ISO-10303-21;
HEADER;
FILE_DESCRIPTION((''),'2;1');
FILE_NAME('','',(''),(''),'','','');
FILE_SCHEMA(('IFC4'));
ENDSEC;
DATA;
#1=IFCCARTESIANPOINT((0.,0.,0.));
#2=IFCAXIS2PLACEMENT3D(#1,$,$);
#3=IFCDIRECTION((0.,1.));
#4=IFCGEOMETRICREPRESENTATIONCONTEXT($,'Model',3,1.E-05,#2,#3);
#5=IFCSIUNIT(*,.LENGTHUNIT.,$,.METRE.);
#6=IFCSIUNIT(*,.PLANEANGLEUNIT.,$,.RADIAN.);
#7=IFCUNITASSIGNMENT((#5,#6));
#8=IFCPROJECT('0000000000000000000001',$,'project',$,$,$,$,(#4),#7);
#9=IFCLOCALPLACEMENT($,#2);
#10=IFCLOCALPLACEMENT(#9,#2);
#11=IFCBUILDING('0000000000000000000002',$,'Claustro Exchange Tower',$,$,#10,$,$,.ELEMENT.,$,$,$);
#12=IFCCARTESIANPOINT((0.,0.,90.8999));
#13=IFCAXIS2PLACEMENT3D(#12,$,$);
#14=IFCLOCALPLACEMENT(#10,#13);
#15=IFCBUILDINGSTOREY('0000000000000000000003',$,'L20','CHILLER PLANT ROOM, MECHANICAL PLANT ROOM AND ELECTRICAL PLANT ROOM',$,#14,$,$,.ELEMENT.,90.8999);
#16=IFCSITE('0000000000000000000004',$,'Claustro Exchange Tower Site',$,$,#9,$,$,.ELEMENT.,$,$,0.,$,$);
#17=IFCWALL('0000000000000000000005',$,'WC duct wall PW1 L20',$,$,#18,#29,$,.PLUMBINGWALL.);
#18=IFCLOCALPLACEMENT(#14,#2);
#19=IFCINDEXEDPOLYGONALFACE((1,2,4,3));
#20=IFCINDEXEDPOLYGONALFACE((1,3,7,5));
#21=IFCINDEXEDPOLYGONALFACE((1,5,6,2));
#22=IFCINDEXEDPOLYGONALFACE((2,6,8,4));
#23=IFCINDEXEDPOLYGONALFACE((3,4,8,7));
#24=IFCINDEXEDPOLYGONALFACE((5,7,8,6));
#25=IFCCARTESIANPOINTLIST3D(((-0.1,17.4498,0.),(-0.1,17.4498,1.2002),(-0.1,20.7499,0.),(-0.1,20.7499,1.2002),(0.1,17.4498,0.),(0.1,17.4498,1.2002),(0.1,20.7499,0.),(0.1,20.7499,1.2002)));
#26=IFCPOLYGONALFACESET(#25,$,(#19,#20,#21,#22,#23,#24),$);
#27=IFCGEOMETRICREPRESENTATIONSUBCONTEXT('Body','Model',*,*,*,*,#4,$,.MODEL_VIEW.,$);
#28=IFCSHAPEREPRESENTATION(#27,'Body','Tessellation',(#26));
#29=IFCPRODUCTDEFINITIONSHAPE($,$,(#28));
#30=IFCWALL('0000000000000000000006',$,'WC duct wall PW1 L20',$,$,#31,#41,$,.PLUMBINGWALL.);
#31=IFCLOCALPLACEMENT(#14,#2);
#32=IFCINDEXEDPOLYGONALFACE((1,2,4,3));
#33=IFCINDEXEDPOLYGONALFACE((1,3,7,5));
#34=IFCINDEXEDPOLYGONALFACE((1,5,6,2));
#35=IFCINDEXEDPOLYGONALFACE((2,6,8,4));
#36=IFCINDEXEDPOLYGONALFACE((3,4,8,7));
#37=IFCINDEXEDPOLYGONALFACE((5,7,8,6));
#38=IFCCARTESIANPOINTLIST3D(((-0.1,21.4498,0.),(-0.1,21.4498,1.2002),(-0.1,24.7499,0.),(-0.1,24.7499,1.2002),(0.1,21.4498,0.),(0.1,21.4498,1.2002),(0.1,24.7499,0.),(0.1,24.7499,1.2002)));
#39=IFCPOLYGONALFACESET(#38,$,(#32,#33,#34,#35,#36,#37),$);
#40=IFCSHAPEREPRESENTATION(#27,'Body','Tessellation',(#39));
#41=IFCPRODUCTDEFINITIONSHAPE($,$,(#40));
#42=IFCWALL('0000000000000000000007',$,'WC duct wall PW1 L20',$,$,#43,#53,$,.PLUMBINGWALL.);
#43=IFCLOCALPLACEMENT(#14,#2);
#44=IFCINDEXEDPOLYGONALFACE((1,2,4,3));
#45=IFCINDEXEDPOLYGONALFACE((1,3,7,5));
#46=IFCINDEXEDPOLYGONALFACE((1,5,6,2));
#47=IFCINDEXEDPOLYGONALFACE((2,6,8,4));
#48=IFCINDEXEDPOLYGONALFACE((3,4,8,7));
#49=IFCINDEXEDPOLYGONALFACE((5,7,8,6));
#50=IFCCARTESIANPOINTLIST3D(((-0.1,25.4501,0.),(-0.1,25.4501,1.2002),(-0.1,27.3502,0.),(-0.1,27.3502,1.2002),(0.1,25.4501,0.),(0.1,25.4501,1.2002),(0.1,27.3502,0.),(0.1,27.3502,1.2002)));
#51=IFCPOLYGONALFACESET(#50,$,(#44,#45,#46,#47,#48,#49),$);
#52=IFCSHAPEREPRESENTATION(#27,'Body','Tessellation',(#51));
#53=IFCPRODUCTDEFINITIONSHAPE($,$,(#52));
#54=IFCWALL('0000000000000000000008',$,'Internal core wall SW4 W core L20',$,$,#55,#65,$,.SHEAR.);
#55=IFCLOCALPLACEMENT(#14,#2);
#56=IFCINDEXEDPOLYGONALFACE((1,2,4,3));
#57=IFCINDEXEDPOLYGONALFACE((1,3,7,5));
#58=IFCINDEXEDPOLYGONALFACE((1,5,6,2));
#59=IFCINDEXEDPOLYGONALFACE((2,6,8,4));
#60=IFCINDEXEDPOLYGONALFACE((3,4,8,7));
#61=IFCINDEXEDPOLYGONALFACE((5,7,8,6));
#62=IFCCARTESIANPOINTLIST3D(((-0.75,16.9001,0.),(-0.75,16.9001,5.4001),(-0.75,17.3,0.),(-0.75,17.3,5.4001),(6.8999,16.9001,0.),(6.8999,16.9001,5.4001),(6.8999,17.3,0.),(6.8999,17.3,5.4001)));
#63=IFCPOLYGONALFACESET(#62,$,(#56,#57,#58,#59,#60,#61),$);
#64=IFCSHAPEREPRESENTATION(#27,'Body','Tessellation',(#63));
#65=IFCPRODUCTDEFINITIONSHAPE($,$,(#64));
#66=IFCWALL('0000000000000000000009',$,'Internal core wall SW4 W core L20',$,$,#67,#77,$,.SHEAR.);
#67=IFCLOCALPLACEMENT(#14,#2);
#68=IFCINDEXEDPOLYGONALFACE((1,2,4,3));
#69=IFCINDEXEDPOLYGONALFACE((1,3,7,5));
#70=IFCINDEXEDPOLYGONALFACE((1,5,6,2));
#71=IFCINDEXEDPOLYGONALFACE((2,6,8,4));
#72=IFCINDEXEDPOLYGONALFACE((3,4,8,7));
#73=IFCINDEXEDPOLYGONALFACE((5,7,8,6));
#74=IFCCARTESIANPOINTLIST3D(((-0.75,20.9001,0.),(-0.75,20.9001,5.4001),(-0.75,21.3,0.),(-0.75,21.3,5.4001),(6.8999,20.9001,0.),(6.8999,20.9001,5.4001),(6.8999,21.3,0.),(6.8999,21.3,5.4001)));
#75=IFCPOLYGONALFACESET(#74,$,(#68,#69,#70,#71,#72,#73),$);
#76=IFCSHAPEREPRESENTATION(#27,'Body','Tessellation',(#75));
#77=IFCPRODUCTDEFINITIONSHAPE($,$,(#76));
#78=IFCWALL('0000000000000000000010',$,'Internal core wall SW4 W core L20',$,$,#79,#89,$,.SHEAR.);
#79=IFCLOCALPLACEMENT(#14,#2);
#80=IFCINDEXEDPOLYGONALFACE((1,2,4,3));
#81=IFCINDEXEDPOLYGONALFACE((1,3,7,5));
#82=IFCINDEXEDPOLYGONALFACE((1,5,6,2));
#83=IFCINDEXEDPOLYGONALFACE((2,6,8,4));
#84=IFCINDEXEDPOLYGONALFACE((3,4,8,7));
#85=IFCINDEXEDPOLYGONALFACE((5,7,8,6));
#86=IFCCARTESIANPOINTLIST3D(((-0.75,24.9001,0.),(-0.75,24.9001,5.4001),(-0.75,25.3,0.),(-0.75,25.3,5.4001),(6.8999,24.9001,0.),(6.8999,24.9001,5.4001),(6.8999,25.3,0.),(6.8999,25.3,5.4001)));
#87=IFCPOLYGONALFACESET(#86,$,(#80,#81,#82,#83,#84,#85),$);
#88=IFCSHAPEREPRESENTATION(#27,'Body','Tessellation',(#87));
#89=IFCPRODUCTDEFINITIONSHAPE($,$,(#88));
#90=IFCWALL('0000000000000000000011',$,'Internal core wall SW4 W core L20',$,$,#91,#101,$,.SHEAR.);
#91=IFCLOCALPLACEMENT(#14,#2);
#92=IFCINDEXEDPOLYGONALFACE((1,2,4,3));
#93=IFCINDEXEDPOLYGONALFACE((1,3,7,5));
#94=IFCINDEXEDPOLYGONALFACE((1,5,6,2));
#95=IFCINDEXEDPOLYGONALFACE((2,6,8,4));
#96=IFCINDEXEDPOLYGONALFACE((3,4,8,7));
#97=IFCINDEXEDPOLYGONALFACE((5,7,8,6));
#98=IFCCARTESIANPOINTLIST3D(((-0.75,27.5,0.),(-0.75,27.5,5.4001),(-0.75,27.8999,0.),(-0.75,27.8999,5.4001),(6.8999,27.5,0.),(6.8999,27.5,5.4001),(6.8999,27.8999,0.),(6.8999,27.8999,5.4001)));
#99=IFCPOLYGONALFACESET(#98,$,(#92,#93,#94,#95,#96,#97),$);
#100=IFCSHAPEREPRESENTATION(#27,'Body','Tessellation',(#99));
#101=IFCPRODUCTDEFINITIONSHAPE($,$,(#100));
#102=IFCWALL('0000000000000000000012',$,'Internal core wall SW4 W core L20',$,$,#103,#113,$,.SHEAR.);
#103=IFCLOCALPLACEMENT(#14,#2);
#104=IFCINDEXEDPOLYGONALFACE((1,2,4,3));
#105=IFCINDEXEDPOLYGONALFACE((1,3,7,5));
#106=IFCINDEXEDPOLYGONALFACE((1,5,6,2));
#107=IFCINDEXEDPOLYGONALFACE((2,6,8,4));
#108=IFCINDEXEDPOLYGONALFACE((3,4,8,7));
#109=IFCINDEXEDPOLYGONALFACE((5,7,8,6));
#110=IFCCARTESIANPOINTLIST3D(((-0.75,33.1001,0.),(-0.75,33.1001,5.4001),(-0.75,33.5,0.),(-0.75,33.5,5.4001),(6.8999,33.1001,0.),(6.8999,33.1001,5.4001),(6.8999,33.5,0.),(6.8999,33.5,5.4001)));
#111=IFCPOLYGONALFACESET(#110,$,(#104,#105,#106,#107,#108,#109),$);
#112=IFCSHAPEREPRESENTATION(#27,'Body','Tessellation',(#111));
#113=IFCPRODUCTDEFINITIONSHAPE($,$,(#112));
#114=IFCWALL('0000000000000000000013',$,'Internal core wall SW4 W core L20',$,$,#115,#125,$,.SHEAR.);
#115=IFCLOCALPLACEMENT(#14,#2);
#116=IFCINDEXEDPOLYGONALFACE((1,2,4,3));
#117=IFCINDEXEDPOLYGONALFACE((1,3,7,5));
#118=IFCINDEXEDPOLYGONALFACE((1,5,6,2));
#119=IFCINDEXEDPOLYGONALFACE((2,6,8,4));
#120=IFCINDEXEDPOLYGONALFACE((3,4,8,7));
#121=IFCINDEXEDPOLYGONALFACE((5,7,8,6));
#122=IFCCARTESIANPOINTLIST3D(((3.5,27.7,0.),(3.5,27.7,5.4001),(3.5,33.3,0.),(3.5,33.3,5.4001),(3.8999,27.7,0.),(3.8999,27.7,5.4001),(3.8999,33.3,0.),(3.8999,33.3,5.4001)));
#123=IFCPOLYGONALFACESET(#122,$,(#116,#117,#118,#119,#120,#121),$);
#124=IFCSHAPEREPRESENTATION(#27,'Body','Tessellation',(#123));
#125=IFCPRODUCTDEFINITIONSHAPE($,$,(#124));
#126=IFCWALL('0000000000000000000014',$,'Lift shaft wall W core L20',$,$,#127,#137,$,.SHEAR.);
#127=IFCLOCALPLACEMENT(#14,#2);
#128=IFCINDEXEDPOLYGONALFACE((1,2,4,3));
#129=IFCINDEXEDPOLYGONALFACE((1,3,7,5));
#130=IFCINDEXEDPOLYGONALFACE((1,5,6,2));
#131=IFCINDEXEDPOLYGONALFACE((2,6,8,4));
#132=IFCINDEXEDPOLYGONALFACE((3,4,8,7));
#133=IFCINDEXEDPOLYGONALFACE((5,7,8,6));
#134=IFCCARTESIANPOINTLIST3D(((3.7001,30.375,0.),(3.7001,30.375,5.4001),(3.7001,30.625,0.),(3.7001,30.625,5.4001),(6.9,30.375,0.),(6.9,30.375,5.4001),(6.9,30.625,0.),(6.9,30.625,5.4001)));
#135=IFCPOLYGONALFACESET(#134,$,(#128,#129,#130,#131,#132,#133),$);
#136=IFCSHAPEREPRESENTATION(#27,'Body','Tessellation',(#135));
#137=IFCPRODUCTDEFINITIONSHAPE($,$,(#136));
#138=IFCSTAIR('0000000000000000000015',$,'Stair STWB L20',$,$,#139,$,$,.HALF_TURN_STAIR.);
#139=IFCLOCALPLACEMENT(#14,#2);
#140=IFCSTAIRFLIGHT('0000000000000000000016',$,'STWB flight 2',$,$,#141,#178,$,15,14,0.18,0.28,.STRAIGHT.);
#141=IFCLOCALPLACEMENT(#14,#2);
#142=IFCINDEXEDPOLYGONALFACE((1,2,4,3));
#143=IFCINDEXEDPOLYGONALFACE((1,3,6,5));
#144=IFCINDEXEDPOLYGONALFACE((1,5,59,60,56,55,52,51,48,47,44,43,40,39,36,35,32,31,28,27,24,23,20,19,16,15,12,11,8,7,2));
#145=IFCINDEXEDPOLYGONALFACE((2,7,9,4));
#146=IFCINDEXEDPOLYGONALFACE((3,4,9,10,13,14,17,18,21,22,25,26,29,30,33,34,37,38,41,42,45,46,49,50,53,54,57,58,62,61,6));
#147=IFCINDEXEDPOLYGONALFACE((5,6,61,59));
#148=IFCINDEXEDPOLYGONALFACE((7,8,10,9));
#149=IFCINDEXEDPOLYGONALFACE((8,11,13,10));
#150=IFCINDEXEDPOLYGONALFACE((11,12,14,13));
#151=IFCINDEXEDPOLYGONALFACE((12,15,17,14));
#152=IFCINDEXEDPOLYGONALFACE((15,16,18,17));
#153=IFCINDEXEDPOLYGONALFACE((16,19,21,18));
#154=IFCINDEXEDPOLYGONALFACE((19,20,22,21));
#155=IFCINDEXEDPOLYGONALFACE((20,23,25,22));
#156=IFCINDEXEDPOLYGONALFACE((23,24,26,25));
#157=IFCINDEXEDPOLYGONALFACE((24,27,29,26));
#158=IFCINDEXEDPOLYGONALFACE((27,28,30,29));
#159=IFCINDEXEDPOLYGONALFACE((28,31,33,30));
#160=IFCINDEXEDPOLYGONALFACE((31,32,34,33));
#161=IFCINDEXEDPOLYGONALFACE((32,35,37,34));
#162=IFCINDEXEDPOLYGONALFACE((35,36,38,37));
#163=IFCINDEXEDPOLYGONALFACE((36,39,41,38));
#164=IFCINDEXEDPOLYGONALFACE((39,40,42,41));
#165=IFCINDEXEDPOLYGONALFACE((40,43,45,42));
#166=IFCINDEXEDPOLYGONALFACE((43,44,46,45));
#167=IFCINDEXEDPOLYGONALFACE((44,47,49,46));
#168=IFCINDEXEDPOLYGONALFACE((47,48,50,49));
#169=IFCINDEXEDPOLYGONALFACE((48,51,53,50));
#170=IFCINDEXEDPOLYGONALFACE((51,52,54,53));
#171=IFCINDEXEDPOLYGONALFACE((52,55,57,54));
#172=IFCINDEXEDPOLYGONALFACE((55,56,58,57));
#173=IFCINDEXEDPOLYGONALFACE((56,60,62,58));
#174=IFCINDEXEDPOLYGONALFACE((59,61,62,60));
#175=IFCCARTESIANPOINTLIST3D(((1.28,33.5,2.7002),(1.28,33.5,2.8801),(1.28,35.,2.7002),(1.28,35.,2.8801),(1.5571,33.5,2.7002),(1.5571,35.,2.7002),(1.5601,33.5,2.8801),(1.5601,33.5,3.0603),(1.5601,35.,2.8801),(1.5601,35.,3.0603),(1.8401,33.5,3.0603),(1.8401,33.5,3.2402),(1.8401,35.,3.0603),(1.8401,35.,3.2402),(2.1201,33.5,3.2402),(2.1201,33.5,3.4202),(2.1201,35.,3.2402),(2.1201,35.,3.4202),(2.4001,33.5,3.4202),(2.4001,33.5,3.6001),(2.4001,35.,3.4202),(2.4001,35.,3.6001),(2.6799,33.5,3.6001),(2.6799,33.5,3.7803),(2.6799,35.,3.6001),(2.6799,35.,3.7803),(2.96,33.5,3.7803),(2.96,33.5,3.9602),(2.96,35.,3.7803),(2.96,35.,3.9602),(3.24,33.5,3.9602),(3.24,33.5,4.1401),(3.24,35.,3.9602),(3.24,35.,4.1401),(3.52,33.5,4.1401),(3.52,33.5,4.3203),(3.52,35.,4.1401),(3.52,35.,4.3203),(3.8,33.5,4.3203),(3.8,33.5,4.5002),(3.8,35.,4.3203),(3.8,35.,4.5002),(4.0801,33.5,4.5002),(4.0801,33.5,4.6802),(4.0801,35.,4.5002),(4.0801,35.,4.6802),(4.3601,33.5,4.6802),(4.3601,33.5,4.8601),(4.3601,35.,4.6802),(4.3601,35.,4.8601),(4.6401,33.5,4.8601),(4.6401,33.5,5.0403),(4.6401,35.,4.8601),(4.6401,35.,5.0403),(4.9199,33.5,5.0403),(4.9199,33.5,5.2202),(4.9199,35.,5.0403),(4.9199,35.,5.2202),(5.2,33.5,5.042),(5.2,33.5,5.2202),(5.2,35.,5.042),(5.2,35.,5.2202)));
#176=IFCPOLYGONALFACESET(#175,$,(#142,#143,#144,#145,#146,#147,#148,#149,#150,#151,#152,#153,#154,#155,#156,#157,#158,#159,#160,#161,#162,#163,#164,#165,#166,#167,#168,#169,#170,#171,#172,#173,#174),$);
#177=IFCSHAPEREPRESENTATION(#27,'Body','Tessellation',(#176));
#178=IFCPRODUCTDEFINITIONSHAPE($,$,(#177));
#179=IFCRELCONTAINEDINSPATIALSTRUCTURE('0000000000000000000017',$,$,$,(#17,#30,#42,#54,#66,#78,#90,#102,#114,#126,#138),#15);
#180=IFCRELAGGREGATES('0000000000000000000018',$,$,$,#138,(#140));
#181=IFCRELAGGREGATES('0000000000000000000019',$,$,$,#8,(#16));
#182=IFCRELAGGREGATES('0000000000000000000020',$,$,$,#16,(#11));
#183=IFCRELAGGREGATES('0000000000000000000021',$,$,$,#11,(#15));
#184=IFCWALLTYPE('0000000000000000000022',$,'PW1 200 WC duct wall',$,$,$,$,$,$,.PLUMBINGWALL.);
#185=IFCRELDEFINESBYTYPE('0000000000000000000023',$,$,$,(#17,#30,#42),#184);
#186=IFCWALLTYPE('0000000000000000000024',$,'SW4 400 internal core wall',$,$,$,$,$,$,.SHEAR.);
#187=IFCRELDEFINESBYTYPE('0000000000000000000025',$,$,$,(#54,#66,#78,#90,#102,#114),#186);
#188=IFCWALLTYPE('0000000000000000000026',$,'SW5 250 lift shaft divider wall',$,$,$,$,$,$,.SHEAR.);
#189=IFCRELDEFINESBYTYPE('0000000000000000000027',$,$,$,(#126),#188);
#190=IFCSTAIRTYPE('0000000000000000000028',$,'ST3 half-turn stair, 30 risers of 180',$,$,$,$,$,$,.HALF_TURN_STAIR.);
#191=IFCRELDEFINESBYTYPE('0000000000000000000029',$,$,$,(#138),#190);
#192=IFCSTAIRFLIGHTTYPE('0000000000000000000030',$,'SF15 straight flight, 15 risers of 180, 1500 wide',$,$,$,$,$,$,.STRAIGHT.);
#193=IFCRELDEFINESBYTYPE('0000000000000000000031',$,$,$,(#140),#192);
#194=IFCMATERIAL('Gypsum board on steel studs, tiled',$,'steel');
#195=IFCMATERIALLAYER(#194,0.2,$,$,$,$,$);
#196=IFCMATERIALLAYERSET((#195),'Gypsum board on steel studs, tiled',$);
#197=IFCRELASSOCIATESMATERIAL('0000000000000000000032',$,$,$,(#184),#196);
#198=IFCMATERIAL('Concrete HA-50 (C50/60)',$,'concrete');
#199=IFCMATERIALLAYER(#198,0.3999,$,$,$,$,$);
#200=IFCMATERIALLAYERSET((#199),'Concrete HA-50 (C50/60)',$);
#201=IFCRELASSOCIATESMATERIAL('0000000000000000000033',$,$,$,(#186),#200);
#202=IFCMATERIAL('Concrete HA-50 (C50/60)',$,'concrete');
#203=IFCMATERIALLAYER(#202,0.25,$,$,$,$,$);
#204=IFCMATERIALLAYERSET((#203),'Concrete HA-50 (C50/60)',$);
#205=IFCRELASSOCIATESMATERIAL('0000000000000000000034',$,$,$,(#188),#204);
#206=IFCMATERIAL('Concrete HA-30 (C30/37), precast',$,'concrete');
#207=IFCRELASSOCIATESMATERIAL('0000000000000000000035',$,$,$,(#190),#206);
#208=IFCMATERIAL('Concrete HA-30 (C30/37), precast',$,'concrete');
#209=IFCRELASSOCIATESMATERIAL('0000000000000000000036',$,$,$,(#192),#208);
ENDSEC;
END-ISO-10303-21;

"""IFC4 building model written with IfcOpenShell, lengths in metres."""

from ifc_helpers import new_model, si_unit, direction, frame, frame_2d, origin, place, context, subcontext, project, spatial, polyline, rectangle, outline, extrude, material, layer, layer_set, type_object, element, aggregate, save


model = new_model("IFC4")

# Units and contexts
model_context = context("Model", 3, precision=1e-05, world=origin(), true_north=direction((0.0, 1.0)))
body_context = subcontext(model_context, "Body", "Model", "MODEL_VIEW")
ifc_project = project(units=[si_unit("LENGTHUNIT", "METRE"), si_unit("PLANEANGLEUNIT", "RADIAN")], contexts=[model_context])

# Site, building, storey
site_placement = place(None, origin())
site = spatial("IfcSite", under=ifc_project, at=site_placement, Name="Claustro Exchange Tower Site", CompositionType="ELEMENT", RefElevation=0.0)
building_placement = place(site_placement, origin())
building = spatial("IfcBuilding", under=site, at=building_placement, Name="Claustro Exchange Tower", CompositionType="ELEMENT")
storey_placement = place(building_placement, frame((0.0, 0.0, 90.8999)))
storey = spatial("IfcBuildingStorey", under=building, at=storey_placement, Name="L20", Description="CHILLER PLANT ROOM, MECHANICAL PLANT ROOM AND ELECTRICAL PLANT ROOM", CompositionType="ELEMENT", Elevation=90.8999)

# Walls
ifc_material_1 = material(Name="Gypsum board on steel studs, tiled", Category="steel")
ifc_layer_1 = layer(ifc_material_1, 0.2)
ifc_layer_set_1 = layer_set([ifc_layer_1], Name="Gypsum board on steel studs, tiled")
wall_type_1 = type_object("IfcWallType", Name="PW1 200 WC duct wall", PredefinedType="PLUMBINGWALL", material=ifc_layer_set_1)
for number, where, z_axis, x_axis, name in (
    (1, (0.0, 17.45, 0.0), (0.0, 0.0, 1.0), (0.0, 1.0, 0.0), "WC duct wall PW1 L20"),
    (2, (0.0, 21.45, 0.0), (0.0, 0.0, 1.0), (0.0, 1.0, 0.0), "WC duct wall PW1 L20"),
):
    element("IfcWall", number, at=place(storey_placement, frame(where, z_axis=z_axis, x_axis=x_axis)), inside=storey, type_object=wall_type_1, Name=name, PredefinedType="PLUMBINGWALL", context=body_context, shape_type="SweptSolid", body=[
        extrude(rectangle(XDim=3.3, YDim=0.2, at=frame_2d((1.6499, 0.0))), origin(), (0.0, 0.0, 1.0), 1.2002),
    ])
wall_1_placement = place(storey_placement, frame((0.0, 25.45, 0.0), z_axis=(0.0, 0.0, 1.0), x_axis=(0.0, 1.0, 0.0)))
element("IfcWall", 3, at=wall_1_placement, inside=storey, type_object=wall_type_1, Name="WC duct wall PW1 L20", PredefinedType="PLUMBINGWALL", context=body_context, shape_type="SweptSolid", body=[
    extrude(rectangle(XDim=1.9001, YDim=0.2, at=frame_2d((0.9502, 0.0))), origin(), (0.0, 0.0, 1.0), 1.2002),
])

# Walls
ifc_material_2 = material(Name="Concrete HA-50 (C50/60)", Category="concrete")
ifc_layer_2 = layer(ifc_material_2, 0.3999)
ifc_layer_set_2 = layer_set([ifc_layer_2], Name="Concrete HA-50 (C50/60)")
wall_type_2 = type_object("IfcWallType", Name="SW4 400 internal core wall", PredefinedType="SHEAR", material=ifc_layer_set_2)
for number, where, z_axis, x_axis, name in (
    (4, (-0.75, 17.1001, 0.0), (0.0, 0.0, 1.0), (1.0, 0.0, 0.0), "Internal core wall SW4 W core L20"),
    (5, (-0.75, 21.1001, 0.0), (0.0, 0.0, 1.0), (1.0, 0.0, 0.0), "Internal core wall SW4 W core L20"),
    (6, (-0.75, 25.1001, 0.0), (0.0, 0.0, 1.0), (1.0, 0.0, 0.0), "Internal core wall SW4 W core L20"),
    (7, (-0.75, 27.7, 0.0), (0.0, 0.0, 1.0), (1.0, 0.0, 0.0), "Internal core wall SW4 W core L20"),
    (8, (-0.75, 33.3, 0.0), (0.0, 0.0, 1.0), (1.0, 0.0, 0.0), "Internal core wall SW4 W core L20"),
):
    element("IfcWall", number, at=place(storey_placement, frame(where, z_axis=z_axis, x_axis=x_axis)), inside=storey, type_object=wall_type_2, Name=name, PredefinedType="SHEAR", context=body_context, shape_type="SweptSolid", body=[
        extrude(rectangle(XDim=7.6499, YDim=0.3999, at=frame_2d((3.825, 0.0))), origin(), (0.0, 0.0, 1.0), 5.4001),
    ])
wall_2_placement = place(storey_placement, frame((3.7, 27.7, 0.0), z_axis=(0.0, 0.0, 1.0), x_axis=(0.0, 1.0, 0.0)))
element("IfcWall", 9, at=wall_2_placement, inside=storey, type_object=wall_type_2, Name="Internal core wall SW4 W core L20", PredefinedType="SHEAR", context=body_context, shape_type="SweptSolid", body=[
    extrude(rectangle(XDim=5.6001, YDim=0.3999, at=frame_2d((2.8, 0.0))), origin(), (0.0, 0.0, 1.0), 5.4001),
])
ifc_material_3 = material(Name="Concrete HA-50 (C50/60)", Category="concrete")
ifc_layer_3 = layer(ifc_material_3, 0.25)
ifc_layer_set_3 = layer_set([ifc_layer_3], Name="Concrete HA-50 (C50/60)")
wall_type_3 = type_object("IfcWallType", Name="SW5 250 lift shaft divider wall", PredefinedType="SHEAR", material=ifc_layer_set_3)
wall_3_placement = place(storey_placement, frame((3.7, 30.5, 0.0), z_axis=(0.0, 0.0, 1.0), x_axis=(1.0, 0.0, 0.0)))
element("IfcWall", 10, at=wall_3_placement, inside=storey, type_object=wall_type_3, Name="Lift shaft wall W core L20", PredefinedType="SHEAR", context=body_context, shape_type="SweptSolid", body=[
    extrude(rectangle(XDim=3.2, YDim=0.25, at=frame_2d((1.6001, 0.0))), origin(), (0.0, 0.0, 1.0), 5.4001),
])

# Stair, stair flight
ifc_material_4 = material(Name="Concrete HA-30 (C30/37), precast", Category="concrete")
stair_type = type_object("IfcStairType", Name="ST3 half-turn stair, 30 risers of 180", PredefinedType="HALF_TURN_STAIR", material=ifc_material_4)
stair_placement = place(storey_placement, origin())
stair = element("IfcStair", 11, at=stair_placement, inside=storey, type_object=stair_type, Name="Stair STWB L20", PredefinedType="HALF_TURN_STAIR")
ifc_material_5 = material(Name="Concrete HA-30 (C30/37), precast", Category="concrete")
stair_flight_type = type_object("IfcStairFlightType", Name="SF15 straight flight, 15 risers of 180, 1500 wide", PredefinedType="STRAIGHT", material=ifc_material_5)
stair_flight_placement = place(storey_placement, frame((1.28, 34.25, 2.7002), z_axis=(0.0, 0.0, 1.0), x_axis=(1.0, 0.0, 0.0)))
stair_flight = element("IfcStairFlight", 12, at=stair_flight_placement, type_object=stair_flight_type, Name="STWB flight 2", NumberOfRisers=15, NumberOfTreads=14, PredefinedType="STRAIGHT", RiserHeight=0.18, TreadLength=0.28, context=body_context, shape_type="SweptSolid", body=[
    extrude(outline(polyline([(0.0, 0.0), (0.0, 0.1799), (0.28, 0.1799), (0.28, 0.3601), (0.5601, 0.3601), (0.5601, 0.54), (0.8401, 0.54), (0.8401, 0.72), (1.1201, 0.72), (1.1201, 0.8999), (1.3999, 0.8999), (1.3999, 1.0801), (1.6799, 1.0801), (1.6799, 1.26), (1.96, 1.26), (1.96, 1.4399), (2.24, 1.4399), (2.24, 1.6201), (2.52, 1.6201), (2.52, 1.8), (2.8, 1.8), (2.8, 1.98), (3.0801, 1.98), (3.0801, 2.1599), (3.3601, 2.1599), (3.3601, 2.3401), (3.6399, 2.3401), (3.6399, 2.52), (3.9199, 2.52), (3.9199, 2.7), (3.9199, 2.3418), (0.2771, 0.0), (0.0, 0.0)])), frame((0.0, 0.75, 0.0), z_axis=(0.0, -1.0, 0.0), x_axis=(1.0, 0.0, 0.0)), (0.0, 0.0, 1.0), 1.5),
])
aggregate(stair, [stair_flight])

save(model, "model.ifc")
